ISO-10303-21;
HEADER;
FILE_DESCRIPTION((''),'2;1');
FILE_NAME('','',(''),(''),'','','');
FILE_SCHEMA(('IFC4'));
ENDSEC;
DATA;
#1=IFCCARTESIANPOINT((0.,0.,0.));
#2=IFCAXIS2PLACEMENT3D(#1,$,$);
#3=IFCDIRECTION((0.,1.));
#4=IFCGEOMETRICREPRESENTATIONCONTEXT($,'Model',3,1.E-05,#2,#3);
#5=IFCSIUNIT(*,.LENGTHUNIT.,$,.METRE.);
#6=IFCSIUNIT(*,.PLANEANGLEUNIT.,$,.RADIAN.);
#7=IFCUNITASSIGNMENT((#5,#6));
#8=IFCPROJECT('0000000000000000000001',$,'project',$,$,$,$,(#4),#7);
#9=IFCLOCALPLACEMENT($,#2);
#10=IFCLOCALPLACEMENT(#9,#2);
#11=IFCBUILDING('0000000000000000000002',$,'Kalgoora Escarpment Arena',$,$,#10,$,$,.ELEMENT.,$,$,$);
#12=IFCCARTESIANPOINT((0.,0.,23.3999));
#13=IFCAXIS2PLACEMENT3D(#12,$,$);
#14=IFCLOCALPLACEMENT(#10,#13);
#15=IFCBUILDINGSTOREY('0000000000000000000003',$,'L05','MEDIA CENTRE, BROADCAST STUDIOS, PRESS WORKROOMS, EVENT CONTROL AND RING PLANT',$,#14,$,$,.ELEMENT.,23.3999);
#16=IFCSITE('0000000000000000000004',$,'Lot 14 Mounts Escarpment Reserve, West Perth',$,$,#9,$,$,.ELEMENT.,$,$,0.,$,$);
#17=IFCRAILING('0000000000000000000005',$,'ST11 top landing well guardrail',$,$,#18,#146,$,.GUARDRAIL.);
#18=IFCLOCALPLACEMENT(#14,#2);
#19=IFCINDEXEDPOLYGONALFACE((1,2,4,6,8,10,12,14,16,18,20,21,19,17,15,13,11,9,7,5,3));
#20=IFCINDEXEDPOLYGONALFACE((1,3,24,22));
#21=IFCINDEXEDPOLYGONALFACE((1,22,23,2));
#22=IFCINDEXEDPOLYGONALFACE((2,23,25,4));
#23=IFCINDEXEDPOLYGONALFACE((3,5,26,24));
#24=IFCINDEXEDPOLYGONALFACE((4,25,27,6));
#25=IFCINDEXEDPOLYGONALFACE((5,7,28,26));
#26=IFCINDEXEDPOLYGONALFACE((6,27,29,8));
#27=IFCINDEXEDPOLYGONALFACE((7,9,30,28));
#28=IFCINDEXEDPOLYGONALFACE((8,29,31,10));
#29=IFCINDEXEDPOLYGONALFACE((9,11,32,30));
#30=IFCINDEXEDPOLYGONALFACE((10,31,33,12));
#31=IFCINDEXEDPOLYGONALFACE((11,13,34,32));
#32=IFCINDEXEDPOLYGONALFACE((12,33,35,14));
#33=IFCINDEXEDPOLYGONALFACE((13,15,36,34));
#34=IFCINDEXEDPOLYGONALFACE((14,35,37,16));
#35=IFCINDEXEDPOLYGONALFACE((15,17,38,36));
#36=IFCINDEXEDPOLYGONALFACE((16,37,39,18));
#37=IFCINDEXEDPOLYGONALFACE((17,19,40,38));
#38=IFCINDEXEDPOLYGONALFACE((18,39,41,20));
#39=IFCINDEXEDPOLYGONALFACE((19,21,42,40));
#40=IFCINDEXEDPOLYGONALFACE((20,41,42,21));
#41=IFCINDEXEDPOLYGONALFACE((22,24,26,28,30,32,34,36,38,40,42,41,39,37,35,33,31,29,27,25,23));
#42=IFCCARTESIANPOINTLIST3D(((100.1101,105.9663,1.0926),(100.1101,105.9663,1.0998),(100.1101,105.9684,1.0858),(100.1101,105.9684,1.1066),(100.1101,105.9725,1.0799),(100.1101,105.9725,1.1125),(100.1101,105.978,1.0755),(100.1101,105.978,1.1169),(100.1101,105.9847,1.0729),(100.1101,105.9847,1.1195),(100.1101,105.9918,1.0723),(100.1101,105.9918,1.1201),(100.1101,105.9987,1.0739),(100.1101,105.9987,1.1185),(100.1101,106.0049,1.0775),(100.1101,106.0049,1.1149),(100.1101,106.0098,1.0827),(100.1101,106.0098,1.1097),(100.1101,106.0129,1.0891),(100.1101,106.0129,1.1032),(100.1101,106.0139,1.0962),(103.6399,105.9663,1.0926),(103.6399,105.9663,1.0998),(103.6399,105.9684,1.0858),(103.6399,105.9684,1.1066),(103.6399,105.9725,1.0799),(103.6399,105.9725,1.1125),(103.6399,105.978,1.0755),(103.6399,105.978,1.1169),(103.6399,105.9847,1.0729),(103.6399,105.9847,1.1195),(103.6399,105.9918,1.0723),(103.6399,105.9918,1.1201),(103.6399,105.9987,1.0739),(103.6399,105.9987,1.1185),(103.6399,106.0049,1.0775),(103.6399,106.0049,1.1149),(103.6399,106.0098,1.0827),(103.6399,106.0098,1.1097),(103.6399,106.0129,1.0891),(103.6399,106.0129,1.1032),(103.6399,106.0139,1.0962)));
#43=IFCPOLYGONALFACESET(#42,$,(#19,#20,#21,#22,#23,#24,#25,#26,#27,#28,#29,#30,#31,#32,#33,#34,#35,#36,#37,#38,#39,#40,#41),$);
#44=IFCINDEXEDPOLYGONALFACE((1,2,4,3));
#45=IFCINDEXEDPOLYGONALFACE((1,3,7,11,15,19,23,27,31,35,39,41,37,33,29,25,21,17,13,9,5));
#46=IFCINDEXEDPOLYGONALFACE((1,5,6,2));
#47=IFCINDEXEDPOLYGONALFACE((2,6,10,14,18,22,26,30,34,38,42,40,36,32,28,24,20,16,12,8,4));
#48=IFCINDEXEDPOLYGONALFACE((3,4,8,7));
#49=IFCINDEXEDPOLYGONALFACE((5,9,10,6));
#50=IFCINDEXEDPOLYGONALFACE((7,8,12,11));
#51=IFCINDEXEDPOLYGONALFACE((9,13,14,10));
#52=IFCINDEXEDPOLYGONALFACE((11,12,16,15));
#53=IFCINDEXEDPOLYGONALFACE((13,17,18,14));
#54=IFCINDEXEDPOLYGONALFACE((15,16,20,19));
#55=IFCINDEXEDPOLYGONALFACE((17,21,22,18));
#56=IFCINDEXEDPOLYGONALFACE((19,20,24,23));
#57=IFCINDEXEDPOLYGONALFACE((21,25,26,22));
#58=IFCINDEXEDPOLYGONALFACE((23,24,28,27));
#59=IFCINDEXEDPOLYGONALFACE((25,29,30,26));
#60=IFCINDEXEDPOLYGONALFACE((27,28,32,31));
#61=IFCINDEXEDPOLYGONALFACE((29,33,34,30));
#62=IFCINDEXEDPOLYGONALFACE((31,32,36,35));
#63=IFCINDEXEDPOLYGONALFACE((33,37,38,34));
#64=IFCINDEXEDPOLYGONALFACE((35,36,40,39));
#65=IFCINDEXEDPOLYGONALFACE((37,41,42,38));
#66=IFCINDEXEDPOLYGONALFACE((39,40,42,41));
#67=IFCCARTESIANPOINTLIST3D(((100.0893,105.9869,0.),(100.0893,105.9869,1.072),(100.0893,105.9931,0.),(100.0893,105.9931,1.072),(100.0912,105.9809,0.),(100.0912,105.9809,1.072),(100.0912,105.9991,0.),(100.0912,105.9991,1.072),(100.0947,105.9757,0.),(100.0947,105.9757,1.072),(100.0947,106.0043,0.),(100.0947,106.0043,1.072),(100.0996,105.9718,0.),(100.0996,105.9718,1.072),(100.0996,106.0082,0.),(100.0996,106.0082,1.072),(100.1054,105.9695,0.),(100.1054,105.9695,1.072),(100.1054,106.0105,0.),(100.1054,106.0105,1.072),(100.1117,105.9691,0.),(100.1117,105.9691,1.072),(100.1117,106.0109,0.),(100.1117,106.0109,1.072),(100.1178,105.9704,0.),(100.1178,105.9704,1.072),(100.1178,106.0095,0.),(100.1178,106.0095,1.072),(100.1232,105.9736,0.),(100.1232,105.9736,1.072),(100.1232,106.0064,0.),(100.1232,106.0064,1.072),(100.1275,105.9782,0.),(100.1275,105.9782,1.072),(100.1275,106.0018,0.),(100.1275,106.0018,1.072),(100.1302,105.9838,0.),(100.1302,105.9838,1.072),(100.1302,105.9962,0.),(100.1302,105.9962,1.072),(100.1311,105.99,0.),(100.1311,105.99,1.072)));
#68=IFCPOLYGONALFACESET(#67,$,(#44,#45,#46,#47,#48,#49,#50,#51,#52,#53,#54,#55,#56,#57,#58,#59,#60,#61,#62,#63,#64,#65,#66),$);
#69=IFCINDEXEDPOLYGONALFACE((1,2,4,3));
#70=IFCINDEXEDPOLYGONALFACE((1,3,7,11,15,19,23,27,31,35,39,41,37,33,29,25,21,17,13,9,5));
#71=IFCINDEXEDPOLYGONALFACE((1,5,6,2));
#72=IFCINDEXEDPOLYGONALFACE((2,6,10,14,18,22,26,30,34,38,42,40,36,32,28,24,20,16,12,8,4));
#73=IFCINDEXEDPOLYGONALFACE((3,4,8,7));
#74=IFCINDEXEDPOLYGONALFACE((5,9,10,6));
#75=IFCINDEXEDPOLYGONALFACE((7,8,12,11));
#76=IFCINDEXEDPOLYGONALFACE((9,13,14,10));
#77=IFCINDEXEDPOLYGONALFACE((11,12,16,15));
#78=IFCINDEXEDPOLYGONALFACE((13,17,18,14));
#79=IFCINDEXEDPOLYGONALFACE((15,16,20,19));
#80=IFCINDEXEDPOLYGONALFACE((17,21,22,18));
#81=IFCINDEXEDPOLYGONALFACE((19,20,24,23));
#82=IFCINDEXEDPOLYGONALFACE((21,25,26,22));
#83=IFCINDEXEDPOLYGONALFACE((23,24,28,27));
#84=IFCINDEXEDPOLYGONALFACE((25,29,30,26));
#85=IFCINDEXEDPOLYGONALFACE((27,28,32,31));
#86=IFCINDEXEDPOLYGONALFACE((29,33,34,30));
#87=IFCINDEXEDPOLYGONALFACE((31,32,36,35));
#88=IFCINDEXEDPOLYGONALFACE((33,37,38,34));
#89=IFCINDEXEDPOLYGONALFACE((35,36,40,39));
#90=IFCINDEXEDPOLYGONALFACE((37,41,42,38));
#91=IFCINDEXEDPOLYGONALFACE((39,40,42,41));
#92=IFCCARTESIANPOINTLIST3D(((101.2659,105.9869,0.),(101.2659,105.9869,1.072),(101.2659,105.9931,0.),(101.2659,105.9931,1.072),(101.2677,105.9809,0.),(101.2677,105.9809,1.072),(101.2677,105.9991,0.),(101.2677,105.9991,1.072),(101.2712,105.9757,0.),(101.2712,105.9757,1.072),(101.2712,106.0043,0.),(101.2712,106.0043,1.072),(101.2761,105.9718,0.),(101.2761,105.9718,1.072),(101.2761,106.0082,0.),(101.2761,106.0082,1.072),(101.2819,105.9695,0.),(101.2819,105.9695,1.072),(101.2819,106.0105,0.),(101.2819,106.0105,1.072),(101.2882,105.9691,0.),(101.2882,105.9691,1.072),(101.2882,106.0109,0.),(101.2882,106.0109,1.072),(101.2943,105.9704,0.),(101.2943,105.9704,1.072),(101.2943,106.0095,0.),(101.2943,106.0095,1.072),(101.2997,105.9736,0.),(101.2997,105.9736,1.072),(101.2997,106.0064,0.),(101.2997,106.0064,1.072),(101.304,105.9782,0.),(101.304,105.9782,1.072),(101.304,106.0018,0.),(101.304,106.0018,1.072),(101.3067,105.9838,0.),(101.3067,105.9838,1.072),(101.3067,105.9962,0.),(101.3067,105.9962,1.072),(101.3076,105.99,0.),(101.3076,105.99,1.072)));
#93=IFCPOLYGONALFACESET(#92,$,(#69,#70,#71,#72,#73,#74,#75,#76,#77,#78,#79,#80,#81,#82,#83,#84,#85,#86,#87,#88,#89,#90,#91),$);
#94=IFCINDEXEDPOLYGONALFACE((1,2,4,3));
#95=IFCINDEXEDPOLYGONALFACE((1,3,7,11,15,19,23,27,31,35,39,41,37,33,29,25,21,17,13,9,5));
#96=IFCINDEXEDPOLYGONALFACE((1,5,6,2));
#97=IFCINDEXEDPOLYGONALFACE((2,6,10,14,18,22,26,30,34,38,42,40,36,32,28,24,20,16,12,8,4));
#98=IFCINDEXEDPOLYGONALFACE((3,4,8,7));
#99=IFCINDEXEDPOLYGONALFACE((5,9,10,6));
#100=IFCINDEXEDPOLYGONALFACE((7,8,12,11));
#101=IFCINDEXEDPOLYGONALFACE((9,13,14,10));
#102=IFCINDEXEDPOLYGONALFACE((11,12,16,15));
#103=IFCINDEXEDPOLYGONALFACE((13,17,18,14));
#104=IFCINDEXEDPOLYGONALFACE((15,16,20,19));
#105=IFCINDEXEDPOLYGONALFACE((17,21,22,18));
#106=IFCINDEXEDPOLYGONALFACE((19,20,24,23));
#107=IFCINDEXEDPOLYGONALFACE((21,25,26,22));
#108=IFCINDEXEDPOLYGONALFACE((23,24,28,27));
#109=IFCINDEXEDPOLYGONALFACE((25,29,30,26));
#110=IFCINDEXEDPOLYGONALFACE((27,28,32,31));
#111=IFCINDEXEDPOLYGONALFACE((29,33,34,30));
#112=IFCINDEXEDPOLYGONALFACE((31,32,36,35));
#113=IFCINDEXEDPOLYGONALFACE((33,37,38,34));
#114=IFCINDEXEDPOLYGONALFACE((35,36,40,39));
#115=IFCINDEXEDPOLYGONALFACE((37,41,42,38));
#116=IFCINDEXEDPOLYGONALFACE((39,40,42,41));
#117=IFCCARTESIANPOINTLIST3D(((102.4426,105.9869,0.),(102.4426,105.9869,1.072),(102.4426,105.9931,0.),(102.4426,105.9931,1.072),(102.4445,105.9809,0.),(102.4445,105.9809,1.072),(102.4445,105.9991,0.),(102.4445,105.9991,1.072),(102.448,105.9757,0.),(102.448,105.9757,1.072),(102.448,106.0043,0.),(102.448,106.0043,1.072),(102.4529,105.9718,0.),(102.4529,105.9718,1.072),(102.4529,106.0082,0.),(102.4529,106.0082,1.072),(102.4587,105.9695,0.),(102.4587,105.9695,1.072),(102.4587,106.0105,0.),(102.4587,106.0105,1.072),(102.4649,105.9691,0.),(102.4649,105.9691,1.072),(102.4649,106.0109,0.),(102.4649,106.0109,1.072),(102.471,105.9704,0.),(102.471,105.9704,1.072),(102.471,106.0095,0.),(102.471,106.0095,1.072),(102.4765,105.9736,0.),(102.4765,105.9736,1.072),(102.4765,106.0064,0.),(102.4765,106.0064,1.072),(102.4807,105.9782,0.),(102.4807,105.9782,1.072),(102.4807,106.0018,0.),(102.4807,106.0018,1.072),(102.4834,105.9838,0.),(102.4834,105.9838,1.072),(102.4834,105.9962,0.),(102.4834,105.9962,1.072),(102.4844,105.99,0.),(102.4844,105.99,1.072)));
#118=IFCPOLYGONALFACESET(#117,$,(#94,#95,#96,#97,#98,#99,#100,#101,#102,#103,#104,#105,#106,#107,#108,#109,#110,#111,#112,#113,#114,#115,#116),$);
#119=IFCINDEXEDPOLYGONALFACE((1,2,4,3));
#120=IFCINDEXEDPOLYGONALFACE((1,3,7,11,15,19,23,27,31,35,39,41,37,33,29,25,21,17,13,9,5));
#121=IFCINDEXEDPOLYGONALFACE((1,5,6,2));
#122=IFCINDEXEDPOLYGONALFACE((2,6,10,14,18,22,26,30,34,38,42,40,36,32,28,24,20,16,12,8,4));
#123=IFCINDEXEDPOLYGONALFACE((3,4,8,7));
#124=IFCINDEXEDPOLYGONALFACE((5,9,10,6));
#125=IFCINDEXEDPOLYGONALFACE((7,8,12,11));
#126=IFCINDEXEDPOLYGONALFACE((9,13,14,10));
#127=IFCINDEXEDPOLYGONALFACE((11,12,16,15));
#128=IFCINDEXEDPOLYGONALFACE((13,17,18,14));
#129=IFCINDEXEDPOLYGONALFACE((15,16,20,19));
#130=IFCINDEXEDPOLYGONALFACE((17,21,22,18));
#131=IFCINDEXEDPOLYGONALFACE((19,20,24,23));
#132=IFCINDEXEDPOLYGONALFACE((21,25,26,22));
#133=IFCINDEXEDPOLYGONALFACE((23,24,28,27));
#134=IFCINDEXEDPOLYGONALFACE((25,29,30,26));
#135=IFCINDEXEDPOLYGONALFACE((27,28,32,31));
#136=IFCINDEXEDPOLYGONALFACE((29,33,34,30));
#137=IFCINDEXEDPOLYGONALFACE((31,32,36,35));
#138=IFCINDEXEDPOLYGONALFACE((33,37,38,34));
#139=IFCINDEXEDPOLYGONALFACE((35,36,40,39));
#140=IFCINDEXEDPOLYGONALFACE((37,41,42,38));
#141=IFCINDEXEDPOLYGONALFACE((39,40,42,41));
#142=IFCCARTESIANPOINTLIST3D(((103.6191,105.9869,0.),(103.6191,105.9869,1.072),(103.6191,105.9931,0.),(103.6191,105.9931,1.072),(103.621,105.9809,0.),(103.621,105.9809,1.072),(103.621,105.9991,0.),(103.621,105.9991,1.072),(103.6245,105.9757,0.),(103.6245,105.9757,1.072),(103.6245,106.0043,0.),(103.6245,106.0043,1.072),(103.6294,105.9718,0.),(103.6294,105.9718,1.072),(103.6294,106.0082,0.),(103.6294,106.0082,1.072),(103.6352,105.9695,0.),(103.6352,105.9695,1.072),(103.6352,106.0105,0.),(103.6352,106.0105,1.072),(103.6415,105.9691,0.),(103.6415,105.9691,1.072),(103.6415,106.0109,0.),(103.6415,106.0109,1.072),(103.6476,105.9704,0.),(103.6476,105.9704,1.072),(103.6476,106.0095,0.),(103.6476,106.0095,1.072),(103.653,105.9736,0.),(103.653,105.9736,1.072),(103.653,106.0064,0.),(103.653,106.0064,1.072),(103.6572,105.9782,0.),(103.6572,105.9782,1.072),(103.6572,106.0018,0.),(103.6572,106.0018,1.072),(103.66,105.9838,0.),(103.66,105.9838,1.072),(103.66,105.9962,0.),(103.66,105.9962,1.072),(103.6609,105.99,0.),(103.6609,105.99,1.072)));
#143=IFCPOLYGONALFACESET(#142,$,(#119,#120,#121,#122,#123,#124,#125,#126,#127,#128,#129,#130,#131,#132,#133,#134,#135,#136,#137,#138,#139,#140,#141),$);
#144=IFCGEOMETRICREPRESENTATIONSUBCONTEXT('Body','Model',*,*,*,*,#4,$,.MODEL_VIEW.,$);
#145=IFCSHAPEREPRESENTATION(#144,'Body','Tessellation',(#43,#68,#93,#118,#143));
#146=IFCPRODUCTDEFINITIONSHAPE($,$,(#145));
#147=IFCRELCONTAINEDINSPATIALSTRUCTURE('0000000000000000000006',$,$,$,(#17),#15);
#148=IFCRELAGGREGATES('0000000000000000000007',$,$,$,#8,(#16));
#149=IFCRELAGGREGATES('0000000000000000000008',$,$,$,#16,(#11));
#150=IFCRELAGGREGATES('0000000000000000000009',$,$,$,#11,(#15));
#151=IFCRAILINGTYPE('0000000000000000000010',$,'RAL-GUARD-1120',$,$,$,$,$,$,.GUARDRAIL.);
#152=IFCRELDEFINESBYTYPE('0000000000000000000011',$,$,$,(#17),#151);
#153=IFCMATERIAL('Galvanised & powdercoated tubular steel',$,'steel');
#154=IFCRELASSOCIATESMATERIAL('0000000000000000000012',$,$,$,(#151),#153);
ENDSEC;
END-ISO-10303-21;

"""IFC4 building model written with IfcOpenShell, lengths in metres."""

from ifc_helpers import new_model, si_unit, direction, frame, origin, origin_2d, place, context, subcontext, project, spatial, circle, extrude, material, type_object, element, save


model = new_model("IFC4")

# Units and contexts
model_context = context("Model", 3, precision=1e-05, world=origin(), true_north=direction((0.0, 1.0)))
body_context = subcontext(model_context, "Body", "Model", "MODEL_VIEW")
ifc_project = project(units=[si_unit("LENGTHUNIT", "METRE"), si_unit("PLANEANGLEUNIT", "RADIAN")], contexts=[model_context])

# Site, building, storey
site_placement = place(None, origin())
site = spatial("IfcSite", under=ifc_project, at=site_placement, Name="Lot 14 Mounts Escarpment Reserve, West Perth", CompositionType="ELEMENT", RefElevation=0.0)
building_placement = place(site_placement, origin())
building = spatial("IfcBuilding", under=site, at=building_placement, Name="Kalgoora Escarpment Arena", CompositionType="ELEMENT")
storey_placement = place(building_placement, frame((0.0, 0.0, 23.3999)))
storey = spatial("IfcBuildingStorey", under=building, at=storey_placement, Name="L05", Description="MEDIA CENTRE, BROADCAST STUDIOS, PRESS WORKROOMS, EVENT CONTROL AND RING PLANT", CompositionType="ELEMENT", Elevation=23.3999)

# Railing
ifc_material_1 = material(Name="Galvanised & powdercoated tubular steel", Category="steel")
railing_type = type_object("IfcRailingType", Name="RAL-GUARD-1120", PredefinedType="GUARDRAIL", material=ifc_material_1)
railing_placement = place(storey_placement, frame((100.1101, 105.99, 0.0)))
element("IfcRailing", 1, at=railing_placement, inside=storey, type_object=railing_type, Name="ST11 top landing well guardrail", PredefinedType="GUARDRAIL", context=body_context, shape_type="SweptSolid", body=[
    extrude(circle(Radius=0.0239, at=origin_2d()), frame((0.0, 0.0, 1.0962), z_axis=(1.0, 0.0, 0.0), x_axis=(0.0, 1.0, 0.0)), (0.0, 0.0, 1.0), 3.5298),
    extrude(circle(Radius=0.021, at=origin_2d()), origin(), (0.0, 0.0, 1.0), 1.072),
    extrude(circle(Radius=0.021, at=origin_2d()), frame((1.1765, 0.0, 0.0)), (0.0, 0.0, 1.0), 1.072),
    extrude(circle(Radius=0.021, at=origin_2d()), frame((2.3533, 0.0, 0.0)), (0.0, 0.0, 1.0), 1.072),
    extrude(circle(Radius=0.021, at=origin_2d()), frame((3.5298, 0.0, 0.0)), (0.0, 0.0, 1.0), 1.072),
])

save(model, "model.ifc")
